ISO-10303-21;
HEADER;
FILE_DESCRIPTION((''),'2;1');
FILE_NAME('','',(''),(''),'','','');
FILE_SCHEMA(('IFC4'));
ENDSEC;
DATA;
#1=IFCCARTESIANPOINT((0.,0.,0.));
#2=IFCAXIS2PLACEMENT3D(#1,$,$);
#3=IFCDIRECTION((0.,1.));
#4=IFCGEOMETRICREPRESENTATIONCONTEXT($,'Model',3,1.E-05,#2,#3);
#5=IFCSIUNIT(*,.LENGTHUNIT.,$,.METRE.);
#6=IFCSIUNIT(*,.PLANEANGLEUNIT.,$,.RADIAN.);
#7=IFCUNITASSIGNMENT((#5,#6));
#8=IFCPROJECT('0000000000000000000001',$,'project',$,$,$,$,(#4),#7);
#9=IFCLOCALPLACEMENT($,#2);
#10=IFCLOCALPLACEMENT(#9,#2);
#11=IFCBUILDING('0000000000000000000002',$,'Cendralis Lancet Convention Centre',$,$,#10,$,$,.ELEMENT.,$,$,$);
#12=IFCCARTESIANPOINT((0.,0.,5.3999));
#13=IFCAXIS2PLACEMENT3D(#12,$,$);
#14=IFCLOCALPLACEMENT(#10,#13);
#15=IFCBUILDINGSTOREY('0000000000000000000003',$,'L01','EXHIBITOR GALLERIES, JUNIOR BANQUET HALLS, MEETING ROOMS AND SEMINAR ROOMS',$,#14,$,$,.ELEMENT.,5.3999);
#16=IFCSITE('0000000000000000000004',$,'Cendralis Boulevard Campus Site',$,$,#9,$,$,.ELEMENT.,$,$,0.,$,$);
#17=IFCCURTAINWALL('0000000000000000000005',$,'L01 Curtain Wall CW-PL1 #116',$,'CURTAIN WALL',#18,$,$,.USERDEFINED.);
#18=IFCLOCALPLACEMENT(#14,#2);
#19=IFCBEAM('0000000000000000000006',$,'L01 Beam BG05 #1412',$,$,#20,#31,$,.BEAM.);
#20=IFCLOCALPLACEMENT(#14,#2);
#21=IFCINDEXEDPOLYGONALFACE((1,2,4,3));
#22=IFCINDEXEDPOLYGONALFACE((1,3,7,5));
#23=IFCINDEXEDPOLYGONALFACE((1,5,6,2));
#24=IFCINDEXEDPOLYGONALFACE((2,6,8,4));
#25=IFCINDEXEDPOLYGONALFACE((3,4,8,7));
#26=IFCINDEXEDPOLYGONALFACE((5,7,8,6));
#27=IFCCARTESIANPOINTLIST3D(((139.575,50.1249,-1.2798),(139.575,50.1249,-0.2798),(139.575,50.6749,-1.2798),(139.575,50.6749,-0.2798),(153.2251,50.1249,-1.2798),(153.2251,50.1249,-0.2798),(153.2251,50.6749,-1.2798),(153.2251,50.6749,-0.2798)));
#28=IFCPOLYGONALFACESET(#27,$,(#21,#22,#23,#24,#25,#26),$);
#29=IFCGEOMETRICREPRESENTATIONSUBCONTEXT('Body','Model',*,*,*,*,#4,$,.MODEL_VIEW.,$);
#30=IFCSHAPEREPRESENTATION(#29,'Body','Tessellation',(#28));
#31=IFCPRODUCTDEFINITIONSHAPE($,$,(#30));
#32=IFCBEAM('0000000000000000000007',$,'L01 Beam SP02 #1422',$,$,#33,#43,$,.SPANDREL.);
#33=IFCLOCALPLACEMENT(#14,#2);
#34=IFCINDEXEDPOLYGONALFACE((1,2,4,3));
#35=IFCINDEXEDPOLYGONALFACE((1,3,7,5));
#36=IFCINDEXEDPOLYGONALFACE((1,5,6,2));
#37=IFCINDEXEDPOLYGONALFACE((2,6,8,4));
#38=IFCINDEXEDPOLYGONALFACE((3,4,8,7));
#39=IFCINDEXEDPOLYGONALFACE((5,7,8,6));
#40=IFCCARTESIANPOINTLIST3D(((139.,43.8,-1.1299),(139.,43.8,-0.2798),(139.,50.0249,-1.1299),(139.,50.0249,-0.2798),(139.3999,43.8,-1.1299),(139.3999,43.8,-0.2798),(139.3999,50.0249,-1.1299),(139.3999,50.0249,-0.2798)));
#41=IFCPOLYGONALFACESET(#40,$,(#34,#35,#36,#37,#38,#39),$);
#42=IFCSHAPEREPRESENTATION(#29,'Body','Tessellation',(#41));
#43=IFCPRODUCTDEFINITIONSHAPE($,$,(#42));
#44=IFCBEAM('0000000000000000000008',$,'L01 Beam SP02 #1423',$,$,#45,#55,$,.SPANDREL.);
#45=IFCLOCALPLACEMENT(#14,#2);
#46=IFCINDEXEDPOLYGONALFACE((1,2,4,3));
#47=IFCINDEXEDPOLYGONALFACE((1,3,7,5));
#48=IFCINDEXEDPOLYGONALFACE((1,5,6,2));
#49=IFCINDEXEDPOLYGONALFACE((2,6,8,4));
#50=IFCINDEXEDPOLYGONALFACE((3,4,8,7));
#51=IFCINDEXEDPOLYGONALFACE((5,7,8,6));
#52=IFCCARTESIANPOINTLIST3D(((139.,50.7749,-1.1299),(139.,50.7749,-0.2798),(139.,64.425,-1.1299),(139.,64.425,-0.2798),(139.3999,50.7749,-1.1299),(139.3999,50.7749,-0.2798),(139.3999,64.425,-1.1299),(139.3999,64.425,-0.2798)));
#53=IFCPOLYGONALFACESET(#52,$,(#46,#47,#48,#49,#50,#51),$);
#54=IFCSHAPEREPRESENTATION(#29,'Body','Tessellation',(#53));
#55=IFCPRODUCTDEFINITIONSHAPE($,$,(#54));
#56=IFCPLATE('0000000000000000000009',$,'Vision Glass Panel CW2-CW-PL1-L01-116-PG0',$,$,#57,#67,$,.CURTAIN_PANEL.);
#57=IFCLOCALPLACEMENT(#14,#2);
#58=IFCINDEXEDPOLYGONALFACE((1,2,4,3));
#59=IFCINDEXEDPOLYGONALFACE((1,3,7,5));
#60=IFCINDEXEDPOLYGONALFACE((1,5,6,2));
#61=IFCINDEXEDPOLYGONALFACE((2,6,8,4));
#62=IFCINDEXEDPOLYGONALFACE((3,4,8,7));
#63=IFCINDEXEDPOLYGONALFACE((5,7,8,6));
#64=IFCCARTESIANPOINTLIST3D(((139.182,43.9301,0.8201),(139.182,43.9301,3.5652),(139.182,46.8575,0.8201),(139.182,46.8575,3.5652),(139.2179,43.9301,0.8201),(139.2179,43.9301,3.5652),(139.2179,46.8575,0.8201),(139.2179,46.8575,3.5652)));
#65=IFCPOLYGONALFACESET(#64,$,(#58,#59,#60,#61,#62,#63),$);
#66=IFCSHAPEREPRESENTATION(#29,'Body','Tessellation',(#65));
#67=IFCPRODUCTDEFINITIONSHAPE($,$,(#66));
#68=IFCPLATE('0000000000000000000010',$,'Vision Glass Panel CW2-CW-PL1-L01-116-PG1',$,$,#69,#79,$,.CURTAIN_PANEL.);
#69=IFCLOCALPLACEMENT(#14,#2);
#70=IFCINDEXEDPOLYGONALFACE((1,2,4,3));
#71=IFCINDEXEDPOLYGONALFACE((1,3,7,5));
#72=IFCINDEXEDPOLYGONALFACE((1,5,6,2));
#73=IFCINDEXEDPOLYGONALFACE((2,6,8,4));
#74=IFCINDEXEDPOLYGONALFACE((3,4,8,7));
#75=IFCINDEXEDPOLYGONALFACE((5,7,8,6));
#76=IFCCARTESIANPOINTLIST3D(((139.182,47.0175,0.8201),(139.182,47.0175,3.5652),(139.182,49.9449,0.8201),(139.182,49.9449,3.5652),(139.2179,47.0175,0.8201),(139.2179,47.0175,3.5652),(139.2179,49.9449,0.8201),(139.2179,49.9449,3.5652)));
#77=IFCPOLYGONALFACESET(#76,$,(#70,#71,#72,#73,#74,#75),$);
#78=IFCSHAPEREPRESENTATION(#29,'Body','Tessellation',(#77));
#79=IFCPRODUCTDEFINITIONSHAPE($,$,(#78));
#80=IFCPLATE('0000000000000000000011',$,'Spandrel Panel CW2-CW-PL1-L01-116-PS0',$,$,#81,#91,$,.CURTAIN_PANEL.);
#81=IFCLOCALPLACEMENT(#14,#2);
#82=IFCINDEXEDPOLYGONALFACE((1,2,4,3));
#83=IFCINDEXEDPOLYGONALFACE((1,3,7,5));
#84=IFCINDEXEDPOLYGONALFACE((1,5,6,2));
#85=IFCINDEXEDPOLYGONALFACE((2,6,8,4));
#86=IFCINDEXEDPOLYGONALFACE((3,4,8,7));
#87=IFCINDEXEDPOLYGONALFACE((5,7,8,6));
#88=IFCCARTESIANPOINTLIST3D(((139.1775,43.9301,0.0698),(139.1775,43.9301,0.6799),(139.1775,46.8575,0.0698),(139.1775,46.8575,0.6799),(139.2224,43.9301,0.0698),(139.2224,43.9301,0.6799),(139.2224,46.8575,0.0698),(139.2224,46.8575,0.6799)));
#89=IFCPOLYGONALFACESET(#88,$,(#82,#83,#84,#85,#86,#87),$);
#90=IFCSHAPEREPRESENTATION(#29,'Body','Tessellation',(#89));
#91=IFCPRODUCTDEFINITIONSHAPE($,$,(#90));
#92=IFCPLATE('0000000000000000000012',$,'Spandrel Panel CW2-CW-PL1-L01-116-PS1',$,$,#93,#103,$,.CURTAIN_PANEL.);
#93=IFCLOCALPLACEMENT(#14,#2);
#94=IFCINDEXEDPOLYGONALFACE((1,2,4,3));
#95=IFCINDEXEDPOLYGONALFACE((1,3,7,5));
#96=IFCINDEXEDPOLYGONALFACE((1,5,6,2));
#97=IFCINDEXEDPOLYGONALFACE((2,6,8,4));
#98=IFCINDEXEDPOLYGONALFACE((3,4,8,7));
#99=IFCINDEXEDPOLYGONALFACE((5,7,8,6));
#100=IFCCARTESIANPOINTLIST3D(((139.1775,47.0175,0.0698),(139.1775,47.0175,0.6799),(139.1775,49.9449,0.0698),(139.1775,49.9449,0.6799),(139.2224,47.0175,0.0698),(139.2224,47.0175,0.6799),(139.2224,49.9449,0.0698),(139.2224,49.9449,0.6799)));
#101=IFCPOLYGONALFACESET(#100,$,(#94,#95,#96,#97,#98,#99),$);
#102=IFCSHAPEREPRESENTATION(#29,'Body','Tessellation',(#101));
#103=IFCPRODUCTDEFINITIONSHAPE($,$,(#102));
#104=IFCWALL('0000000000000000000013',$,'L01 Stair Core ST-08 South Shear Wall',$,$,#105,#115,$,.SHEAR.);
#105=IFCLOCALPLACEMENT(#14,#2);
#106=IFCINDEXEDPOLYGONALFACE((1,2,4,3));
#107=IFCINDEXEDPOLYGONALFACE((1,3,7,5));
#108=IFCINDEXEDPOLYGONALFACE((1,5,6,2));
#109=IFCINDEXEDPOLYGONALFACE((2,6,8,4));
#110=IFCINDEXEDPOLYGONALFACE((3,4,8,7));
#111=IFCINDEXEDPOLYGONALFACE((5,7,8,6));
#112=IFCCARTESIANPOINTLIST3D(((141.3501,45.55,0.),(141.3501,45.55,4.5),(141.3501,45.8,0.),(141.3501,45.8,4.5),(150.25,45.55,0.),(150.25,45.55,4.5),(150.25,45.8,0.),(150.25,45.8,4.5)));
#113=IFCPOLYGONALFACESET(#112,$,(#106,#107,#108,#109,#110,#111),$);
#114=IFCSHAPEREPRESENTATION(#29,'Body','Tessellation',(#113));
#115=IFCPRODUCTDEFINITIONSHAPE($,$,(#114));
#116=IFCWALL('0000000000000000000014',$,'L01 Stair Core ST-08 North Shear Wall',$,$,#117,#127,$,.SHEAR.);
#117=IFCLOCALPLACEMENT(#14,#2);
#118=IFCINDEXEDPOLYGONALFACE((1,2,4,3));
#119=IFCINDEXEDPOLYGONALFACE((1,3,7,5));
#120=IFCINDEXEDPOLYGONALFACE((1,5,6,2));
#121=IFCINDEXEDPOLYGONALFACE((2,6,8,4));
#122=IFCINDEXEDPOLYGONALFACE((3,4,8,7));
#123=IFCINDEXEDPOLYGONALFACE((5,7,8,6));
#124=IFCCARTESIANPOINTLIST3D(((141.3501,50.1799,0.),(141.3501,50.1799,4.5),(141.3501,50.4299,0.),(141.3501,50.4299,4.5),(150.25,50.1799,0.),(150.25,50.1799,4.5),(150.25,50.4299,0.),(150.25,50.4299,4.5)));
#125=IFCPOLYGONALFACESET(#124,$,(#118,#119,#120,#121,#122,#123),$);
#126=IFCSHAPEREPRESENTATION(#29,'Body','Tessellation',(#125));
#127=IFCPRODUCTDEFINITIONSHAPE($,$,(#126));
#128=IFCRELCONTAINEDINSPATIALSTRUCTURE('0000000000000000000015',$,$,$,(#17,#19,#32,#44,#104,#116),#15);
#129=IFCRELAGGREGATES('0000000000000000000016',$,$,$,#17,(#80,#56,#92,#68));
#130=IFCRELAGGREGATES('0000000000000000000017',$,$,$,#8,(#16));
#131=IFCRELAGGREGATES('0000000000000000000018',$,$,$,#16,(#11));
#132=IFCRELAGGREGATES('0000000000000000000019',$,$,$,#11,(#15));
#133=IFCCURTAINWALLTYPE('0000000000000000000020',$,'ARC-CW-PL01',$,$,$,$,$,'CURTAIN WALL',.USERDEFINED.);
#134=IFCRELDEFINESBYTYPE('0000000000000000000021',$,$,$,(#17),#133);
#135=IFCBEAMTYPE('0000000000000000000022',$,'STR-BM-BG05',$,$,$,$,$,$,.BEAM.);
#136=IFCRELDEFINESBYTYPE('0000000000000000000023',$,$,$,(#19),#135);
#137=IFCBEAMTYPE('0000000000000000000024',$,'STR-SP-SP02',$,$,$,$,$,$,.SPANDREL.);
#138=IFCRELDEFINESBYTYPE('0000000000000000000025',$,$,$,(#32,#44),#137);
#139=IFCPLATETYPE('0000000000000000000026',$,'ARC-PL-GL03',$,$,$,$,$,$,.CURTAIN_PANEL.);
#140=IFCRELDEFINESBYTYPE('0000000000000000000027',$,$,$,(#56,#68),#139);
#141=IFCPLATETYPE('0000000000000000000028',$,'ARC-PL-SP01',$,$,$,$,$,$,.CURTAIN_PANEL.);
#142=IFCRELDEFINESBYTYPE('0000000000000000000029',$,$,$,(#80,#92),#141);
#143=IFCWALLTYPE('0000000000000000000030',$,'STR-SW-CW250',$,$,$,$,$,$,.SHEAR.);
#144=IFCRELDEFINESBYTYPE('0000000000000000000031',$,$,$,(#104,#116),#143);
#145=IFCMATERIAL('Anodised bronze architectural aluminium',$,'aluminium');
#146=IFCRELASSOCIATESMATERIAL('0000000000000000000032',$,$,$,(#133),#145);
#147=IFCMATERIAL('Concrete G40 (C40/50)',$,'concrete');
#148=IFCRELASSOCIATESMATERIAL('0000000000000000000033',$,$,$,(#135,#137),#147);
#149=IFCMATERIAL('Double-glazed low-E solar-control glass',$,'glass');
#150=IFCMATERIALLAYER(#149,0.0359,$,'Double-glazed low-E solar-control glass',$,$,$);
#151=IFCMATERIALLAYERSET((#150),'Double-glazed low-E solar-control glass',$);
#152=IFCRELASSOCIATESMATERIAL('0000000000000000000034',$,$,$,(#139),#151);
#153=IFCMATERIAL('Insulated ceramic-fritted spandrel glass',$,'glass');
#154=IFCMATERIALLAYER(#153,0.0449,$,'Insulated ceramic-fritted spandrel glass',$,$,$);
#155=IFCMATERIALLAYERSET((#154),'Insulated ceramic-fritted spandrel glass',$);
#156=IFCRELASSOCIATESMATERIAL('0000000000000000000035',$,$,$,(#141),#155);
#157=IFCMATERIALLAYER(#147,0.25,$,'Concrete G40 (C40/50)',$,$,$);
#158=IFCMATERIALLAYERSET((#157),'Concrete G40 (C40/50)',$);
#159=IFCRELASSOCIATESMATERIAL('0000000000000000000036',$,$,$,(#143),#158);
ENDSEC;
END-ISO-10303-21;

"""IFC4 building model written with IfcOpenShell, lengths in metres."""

from ifc_helpers import new_model, si_unit, direction, frame, frame_2d, origin, origin_2d, place, context, subcontext, project, spatial, rectangle, extrude, material, layer, layer_set, material_profile, profile_set, type_object, element, aggregate, save


model = new_model("IFC4")

# Units and contexts
model_context = context("Model", 3, precision=1e-05, world=origin(), true_north=direction((0.0, 1.0)))
body_context = subcontext(model_context, "Body", "Model", "MODEL_VIEW")
ifc_project = project(units=[si_unit("LENGTHUNIT", "METRE"), si_unit("PLANEANGLEUNIT", "RADIAN")], contexts=[model_context])

# Site, building, storey
site_placement = place(None, origin())
site = spatial("IfcSite", under=ifc_project, at=site_placement, Name="Cendralis Boulevard Campus Site", CompositionType="ELEMENT", RefElevation=0.0)
building_placement = place(site_placement, origin())
building = spatial("IfcBuilding", under=site, at=building_placement, Name="Cendralis Lancet Convention Centre", CompositionType="ELEMENT")
storey_placement = place(building_placement, frame((0.0, 0.0, 5.3999)))
storey = spatial("IfcBuildingStorey", under=building, at=storey_placement, Name="L01", Description="EXHIBITOR GALLERIES, JUNIOR BANQUET HALLS, MEETING ROOMS AND SEMINAR ROOMS", CompositionType="ELEMENT", Elevation=5.3999)

# Shared definitions
ifc_material_1 = material(Name="Concrete G40 (C40/50)", Category="concrete")

# Curtain wall
ifc_material_2 = material(Name="Anodised bronze architectural aluminium", Category="aluminium")
curtain_wall_type = type_object("IfcCurtainWallType", Name="ARC-CW-PL01", ElementType="CURTAIN WALL", PredefinedType="USERDEFINED", material=ifc_material_2)
curtain_wall_1_placement = place(storey_placement, origin())
curtain_wall_1 = element("IfcCurtainWall", 1, at=curtain_wall_1_placement, inside=storey, type_object=curtain_wall_type, Name="L01 Curtain Wall CW-PL1 #116", ObjectType="CURTAIN WALL", PredefinedType="USERDEFINED")

# Beams
ifc_material_profile_1 = material_profile(ifc_material_1, rectangle(XDim=0.55, YDim=1.0, at=origin_2d()), Name="RCB 550x1000")
ifc_profile_set_1 = profile_set([ifc_material_profile_1], Name="Concrete G40 (C40/50)")
beam_type_1 = type_object("IfcBeamType", Name="STR-BM-BG05", PredefinedType="BEAM", material=ifc_profile_set_1)
beam_1_placement = place(storey_placement, frame((139.575, 50.3999, -0.7798), z_axis=(1.0, 0.0, 0.0), x_axis=(0.0, 1.0, 0.0)))
element("IfcBeam", 2, at=beam_1_placement, inside=storey, type_object=beam_type_1, Name="L01 Beam BG05 #1412", PredefinedType="BEAM", context=body_context, shape_type="SweptSolid", body=[
    extrude(rectangle(XDim=0.55, YDim=1.0, at=origin_2d()), origin(), (0.0, 0.0, 1.0), 13.6501),
])
ifc_material_profile_2 = material_profile(ifc_material_1, rectangle(XDim=0.3999, YDim=0.8501, at=origin_2d()), Name="RCB 400x850")
ifc_profile_set_2 = profile_set([ifc_material_profile_2], Name="Concrete G40 (C40/50)")
beam_type_2 = type_object("IfcBeamType", Name="STR-SP-SP02", PredefinedType="SPANDREL", material=ifc_profile_set_2)
beam_2_placement = place(storey_placement, frame((139.2, 43.8, -0.7048), z_axis=(0.0, 1.0, 0.0), x_axis=(-1.0, 0.0, 0.0)))
element("IfcBeam", 3, at=beam_2_placement, inside=storey, type_object=beam_type_2, Name="L01 Beam SP02 #1422", PredefinedType="SPANDREL", context=body_context, shape_type="SweptSolid", body=[
    extrude(rectangle(XDim=0.3999, YDim=0.8501, at=origin_2d()), origin(), (0.0, 0.0, 1.0), 6.2249),
])
beam_3_placement = place(storey_placement, frame((139.2, 50.7749, -0.7048), z_axis=(0.0, 1.0, 0.0), x_axis=(-1.0, 0.0, 0.0)))
element("IfcBeam", 4, at=beam_3_placement, inside=storey, type_object=beam_type_2, Name="L01 Beam SP02 #1423", PredefinedType="SPANDREL", context=body_context, shape_type="SweptSolid", body=[
    extrude(rectangle(XDim=0.3999, YDim=0.8501, at=origin_2d()), origin(), (0.0, 0.0, 1.0), 13.6501),
])

# Plates
ifc_material_3 = material(Name="Double-glazed low-E solar-control glass", Category="glass")
ifc_layer_1 = layer(ifc_material_3, 0.0359, Name="Double-glazed low-E solar-control glass")
ifc_layer_set_1 = layer_set([ifc_layer_1], Name="Double-glazed low-E solar-control glass")
plate_type_1 = type_object("IfcPlateType", Name="ARC-PL-GL03", PredefinedType="CURTAIN_PANEL", material=ifc_layer_set_1)
plate_1_placement = place(storey_placement, frame((139.2, 45.3938, 0.8201), z_axis=(0.0, 0.0, 1.0), x_axis=(0.0, 1.0, 0.0)))
plate_1 = element("IfcPlate", 5, at=plate_1_placement, type_object=plate_type_1, Name="Vision Glass Panel CW2-CW-PL1-L01-116-PG0", PredefinedType="CURTAIN_PANEL", context=body_context, shape_type="SweptSolid", body=[
    extrude(rectangle(XDim=2.9275, YDim=0.0359, at=origin_2d()), origin(), (0.0, 0.0, 1.0), 2.7451),
])
plate_2_placement = place(storey_placement, frame((139.2, 48.4812, 0.8201), z_axis=(0.0, 0.0, 1.0), x_axis=(0.0, 1.0, 0.0)))
plate_2 = element("IfcPlate", 6, at=plate_2_placement, type_object=plate_type_1, Name="Vision Glass Panel CW2-CW-PL1-L01-116-PG1", PredefinedType="CURTAIN_PANEL", context=body_context, shape_type="SweptSolid", body=[
    extrude(rectangle(XDim=2.9275, YDim=0.0359, at=origin_2d()), origin(), (0.0, 0.0, 1.0), 2.7451),
])
ifc_material_4 = material(Name="Insulated ceramic-fritted spandrel glass", Category="glass")
ifc_layer_2 = layer(ifc_material_4, 0.0449, Name="Insulated ceramic-fritted spandrel glass")
ifc_layer_set_2 = layer_set([ifc_layer_2], Name="Insulated ceramic-fritted spandrel glass")
plate_type_2 = type_object("IfcPlateType", Name="ARC-PL-SP01", PredefinedType="CURTAIN_PANEL", material=ifc_layer_set_2)
plate_3_placement = place(storey_placement, frame((139.2, 45.3938, 0.0698), z_axis=(0.0, 0.0, 1.0), x_axis=(0.0, 1.0, 0.0)))
plate_3 = element("IfcPlate", 7, at=plate_3_placement, type_object=plate_type_2, Name="Spandrel Panel CW2-CW-PL1-L01-116-PS0", PredefinedType="CURTAIN_PANEL", context=body_context, shape_type="SweptSolid", body=[
    extrude(rectangle(XDim=2.9275, YDim=0.0449, at=origin_2d()), origin(), (0.0, 0.0, 1.0), 0.6101),
])
plate_4_placement = place(storey_placement, frame((139.2, 48.4812, 0.0698), z_axis=(0.0, 0.0, 1.0), x_axis=(0.0, 1.0, 0.0)))
plate_4 = element("IfcPlate", 8, at=plate_4_placement, type_object=plate_type_2, Name="Spandrel Panel CW2-CW-PL1-L01-116-PS1", PredefinedType="CURTAIN_PANEL", context=body_context, shape_type="SweptSolid", body=[
    extrude(rectangle(XDim=2.9275, YDim=0.0449, at=origin_2d()), origin(), (0.0, 0.0, 1.0), 0.6101),
])
aggregate(curtain_wall_1, [plate_3, plate_1, plate_4, plate_2])

# Shared definitions
ifc_layer_3 = layer(ifc_material_1, 0.25, Name="Concrete G40 (C40/50)")
ifc_layer_set_3 = layer_set([ifc_layer_3], Name="Concrete G40 (C40/50)")
wall_type = type_object("IfcWallType", Name="STR-SW-CW250", PredefinedType="SHEAR", material=ifc_layer_set_3)

# Walls
for number, where, z_axis, x_axis, name in (
    (9, (141.3501, 45.675, 0.0), (0.0, 0.0, 1.0), (1.0, 0.0, 0.0), "L01 Stair Core ST-08 South Shear Wall"),
    (10, (141.3501, 50.3049, 0.0), (0.0, 0.0, 1.0), (1.0, 0.0, 0.0), "L01 Stair Core ST-08 North Shear Wall"),
):
    element("IfcWall", number, at=place(storey_placement, frame(where, z_axis=z_axis, x_axis=x_axis)), inside=storey, type_object=wall_type, Name=name, PredefinedType="SHEAR", context=body_context, shape_type="SweptSolid", body=[
        extrude(rectangle(XDim=8.8999, YDim=0.25, at=frame_2d((4.45, 0.0))), origin(), (0.0, 0.0, 1.0), 4.5),
    ])

save(model, "model.ifc")
